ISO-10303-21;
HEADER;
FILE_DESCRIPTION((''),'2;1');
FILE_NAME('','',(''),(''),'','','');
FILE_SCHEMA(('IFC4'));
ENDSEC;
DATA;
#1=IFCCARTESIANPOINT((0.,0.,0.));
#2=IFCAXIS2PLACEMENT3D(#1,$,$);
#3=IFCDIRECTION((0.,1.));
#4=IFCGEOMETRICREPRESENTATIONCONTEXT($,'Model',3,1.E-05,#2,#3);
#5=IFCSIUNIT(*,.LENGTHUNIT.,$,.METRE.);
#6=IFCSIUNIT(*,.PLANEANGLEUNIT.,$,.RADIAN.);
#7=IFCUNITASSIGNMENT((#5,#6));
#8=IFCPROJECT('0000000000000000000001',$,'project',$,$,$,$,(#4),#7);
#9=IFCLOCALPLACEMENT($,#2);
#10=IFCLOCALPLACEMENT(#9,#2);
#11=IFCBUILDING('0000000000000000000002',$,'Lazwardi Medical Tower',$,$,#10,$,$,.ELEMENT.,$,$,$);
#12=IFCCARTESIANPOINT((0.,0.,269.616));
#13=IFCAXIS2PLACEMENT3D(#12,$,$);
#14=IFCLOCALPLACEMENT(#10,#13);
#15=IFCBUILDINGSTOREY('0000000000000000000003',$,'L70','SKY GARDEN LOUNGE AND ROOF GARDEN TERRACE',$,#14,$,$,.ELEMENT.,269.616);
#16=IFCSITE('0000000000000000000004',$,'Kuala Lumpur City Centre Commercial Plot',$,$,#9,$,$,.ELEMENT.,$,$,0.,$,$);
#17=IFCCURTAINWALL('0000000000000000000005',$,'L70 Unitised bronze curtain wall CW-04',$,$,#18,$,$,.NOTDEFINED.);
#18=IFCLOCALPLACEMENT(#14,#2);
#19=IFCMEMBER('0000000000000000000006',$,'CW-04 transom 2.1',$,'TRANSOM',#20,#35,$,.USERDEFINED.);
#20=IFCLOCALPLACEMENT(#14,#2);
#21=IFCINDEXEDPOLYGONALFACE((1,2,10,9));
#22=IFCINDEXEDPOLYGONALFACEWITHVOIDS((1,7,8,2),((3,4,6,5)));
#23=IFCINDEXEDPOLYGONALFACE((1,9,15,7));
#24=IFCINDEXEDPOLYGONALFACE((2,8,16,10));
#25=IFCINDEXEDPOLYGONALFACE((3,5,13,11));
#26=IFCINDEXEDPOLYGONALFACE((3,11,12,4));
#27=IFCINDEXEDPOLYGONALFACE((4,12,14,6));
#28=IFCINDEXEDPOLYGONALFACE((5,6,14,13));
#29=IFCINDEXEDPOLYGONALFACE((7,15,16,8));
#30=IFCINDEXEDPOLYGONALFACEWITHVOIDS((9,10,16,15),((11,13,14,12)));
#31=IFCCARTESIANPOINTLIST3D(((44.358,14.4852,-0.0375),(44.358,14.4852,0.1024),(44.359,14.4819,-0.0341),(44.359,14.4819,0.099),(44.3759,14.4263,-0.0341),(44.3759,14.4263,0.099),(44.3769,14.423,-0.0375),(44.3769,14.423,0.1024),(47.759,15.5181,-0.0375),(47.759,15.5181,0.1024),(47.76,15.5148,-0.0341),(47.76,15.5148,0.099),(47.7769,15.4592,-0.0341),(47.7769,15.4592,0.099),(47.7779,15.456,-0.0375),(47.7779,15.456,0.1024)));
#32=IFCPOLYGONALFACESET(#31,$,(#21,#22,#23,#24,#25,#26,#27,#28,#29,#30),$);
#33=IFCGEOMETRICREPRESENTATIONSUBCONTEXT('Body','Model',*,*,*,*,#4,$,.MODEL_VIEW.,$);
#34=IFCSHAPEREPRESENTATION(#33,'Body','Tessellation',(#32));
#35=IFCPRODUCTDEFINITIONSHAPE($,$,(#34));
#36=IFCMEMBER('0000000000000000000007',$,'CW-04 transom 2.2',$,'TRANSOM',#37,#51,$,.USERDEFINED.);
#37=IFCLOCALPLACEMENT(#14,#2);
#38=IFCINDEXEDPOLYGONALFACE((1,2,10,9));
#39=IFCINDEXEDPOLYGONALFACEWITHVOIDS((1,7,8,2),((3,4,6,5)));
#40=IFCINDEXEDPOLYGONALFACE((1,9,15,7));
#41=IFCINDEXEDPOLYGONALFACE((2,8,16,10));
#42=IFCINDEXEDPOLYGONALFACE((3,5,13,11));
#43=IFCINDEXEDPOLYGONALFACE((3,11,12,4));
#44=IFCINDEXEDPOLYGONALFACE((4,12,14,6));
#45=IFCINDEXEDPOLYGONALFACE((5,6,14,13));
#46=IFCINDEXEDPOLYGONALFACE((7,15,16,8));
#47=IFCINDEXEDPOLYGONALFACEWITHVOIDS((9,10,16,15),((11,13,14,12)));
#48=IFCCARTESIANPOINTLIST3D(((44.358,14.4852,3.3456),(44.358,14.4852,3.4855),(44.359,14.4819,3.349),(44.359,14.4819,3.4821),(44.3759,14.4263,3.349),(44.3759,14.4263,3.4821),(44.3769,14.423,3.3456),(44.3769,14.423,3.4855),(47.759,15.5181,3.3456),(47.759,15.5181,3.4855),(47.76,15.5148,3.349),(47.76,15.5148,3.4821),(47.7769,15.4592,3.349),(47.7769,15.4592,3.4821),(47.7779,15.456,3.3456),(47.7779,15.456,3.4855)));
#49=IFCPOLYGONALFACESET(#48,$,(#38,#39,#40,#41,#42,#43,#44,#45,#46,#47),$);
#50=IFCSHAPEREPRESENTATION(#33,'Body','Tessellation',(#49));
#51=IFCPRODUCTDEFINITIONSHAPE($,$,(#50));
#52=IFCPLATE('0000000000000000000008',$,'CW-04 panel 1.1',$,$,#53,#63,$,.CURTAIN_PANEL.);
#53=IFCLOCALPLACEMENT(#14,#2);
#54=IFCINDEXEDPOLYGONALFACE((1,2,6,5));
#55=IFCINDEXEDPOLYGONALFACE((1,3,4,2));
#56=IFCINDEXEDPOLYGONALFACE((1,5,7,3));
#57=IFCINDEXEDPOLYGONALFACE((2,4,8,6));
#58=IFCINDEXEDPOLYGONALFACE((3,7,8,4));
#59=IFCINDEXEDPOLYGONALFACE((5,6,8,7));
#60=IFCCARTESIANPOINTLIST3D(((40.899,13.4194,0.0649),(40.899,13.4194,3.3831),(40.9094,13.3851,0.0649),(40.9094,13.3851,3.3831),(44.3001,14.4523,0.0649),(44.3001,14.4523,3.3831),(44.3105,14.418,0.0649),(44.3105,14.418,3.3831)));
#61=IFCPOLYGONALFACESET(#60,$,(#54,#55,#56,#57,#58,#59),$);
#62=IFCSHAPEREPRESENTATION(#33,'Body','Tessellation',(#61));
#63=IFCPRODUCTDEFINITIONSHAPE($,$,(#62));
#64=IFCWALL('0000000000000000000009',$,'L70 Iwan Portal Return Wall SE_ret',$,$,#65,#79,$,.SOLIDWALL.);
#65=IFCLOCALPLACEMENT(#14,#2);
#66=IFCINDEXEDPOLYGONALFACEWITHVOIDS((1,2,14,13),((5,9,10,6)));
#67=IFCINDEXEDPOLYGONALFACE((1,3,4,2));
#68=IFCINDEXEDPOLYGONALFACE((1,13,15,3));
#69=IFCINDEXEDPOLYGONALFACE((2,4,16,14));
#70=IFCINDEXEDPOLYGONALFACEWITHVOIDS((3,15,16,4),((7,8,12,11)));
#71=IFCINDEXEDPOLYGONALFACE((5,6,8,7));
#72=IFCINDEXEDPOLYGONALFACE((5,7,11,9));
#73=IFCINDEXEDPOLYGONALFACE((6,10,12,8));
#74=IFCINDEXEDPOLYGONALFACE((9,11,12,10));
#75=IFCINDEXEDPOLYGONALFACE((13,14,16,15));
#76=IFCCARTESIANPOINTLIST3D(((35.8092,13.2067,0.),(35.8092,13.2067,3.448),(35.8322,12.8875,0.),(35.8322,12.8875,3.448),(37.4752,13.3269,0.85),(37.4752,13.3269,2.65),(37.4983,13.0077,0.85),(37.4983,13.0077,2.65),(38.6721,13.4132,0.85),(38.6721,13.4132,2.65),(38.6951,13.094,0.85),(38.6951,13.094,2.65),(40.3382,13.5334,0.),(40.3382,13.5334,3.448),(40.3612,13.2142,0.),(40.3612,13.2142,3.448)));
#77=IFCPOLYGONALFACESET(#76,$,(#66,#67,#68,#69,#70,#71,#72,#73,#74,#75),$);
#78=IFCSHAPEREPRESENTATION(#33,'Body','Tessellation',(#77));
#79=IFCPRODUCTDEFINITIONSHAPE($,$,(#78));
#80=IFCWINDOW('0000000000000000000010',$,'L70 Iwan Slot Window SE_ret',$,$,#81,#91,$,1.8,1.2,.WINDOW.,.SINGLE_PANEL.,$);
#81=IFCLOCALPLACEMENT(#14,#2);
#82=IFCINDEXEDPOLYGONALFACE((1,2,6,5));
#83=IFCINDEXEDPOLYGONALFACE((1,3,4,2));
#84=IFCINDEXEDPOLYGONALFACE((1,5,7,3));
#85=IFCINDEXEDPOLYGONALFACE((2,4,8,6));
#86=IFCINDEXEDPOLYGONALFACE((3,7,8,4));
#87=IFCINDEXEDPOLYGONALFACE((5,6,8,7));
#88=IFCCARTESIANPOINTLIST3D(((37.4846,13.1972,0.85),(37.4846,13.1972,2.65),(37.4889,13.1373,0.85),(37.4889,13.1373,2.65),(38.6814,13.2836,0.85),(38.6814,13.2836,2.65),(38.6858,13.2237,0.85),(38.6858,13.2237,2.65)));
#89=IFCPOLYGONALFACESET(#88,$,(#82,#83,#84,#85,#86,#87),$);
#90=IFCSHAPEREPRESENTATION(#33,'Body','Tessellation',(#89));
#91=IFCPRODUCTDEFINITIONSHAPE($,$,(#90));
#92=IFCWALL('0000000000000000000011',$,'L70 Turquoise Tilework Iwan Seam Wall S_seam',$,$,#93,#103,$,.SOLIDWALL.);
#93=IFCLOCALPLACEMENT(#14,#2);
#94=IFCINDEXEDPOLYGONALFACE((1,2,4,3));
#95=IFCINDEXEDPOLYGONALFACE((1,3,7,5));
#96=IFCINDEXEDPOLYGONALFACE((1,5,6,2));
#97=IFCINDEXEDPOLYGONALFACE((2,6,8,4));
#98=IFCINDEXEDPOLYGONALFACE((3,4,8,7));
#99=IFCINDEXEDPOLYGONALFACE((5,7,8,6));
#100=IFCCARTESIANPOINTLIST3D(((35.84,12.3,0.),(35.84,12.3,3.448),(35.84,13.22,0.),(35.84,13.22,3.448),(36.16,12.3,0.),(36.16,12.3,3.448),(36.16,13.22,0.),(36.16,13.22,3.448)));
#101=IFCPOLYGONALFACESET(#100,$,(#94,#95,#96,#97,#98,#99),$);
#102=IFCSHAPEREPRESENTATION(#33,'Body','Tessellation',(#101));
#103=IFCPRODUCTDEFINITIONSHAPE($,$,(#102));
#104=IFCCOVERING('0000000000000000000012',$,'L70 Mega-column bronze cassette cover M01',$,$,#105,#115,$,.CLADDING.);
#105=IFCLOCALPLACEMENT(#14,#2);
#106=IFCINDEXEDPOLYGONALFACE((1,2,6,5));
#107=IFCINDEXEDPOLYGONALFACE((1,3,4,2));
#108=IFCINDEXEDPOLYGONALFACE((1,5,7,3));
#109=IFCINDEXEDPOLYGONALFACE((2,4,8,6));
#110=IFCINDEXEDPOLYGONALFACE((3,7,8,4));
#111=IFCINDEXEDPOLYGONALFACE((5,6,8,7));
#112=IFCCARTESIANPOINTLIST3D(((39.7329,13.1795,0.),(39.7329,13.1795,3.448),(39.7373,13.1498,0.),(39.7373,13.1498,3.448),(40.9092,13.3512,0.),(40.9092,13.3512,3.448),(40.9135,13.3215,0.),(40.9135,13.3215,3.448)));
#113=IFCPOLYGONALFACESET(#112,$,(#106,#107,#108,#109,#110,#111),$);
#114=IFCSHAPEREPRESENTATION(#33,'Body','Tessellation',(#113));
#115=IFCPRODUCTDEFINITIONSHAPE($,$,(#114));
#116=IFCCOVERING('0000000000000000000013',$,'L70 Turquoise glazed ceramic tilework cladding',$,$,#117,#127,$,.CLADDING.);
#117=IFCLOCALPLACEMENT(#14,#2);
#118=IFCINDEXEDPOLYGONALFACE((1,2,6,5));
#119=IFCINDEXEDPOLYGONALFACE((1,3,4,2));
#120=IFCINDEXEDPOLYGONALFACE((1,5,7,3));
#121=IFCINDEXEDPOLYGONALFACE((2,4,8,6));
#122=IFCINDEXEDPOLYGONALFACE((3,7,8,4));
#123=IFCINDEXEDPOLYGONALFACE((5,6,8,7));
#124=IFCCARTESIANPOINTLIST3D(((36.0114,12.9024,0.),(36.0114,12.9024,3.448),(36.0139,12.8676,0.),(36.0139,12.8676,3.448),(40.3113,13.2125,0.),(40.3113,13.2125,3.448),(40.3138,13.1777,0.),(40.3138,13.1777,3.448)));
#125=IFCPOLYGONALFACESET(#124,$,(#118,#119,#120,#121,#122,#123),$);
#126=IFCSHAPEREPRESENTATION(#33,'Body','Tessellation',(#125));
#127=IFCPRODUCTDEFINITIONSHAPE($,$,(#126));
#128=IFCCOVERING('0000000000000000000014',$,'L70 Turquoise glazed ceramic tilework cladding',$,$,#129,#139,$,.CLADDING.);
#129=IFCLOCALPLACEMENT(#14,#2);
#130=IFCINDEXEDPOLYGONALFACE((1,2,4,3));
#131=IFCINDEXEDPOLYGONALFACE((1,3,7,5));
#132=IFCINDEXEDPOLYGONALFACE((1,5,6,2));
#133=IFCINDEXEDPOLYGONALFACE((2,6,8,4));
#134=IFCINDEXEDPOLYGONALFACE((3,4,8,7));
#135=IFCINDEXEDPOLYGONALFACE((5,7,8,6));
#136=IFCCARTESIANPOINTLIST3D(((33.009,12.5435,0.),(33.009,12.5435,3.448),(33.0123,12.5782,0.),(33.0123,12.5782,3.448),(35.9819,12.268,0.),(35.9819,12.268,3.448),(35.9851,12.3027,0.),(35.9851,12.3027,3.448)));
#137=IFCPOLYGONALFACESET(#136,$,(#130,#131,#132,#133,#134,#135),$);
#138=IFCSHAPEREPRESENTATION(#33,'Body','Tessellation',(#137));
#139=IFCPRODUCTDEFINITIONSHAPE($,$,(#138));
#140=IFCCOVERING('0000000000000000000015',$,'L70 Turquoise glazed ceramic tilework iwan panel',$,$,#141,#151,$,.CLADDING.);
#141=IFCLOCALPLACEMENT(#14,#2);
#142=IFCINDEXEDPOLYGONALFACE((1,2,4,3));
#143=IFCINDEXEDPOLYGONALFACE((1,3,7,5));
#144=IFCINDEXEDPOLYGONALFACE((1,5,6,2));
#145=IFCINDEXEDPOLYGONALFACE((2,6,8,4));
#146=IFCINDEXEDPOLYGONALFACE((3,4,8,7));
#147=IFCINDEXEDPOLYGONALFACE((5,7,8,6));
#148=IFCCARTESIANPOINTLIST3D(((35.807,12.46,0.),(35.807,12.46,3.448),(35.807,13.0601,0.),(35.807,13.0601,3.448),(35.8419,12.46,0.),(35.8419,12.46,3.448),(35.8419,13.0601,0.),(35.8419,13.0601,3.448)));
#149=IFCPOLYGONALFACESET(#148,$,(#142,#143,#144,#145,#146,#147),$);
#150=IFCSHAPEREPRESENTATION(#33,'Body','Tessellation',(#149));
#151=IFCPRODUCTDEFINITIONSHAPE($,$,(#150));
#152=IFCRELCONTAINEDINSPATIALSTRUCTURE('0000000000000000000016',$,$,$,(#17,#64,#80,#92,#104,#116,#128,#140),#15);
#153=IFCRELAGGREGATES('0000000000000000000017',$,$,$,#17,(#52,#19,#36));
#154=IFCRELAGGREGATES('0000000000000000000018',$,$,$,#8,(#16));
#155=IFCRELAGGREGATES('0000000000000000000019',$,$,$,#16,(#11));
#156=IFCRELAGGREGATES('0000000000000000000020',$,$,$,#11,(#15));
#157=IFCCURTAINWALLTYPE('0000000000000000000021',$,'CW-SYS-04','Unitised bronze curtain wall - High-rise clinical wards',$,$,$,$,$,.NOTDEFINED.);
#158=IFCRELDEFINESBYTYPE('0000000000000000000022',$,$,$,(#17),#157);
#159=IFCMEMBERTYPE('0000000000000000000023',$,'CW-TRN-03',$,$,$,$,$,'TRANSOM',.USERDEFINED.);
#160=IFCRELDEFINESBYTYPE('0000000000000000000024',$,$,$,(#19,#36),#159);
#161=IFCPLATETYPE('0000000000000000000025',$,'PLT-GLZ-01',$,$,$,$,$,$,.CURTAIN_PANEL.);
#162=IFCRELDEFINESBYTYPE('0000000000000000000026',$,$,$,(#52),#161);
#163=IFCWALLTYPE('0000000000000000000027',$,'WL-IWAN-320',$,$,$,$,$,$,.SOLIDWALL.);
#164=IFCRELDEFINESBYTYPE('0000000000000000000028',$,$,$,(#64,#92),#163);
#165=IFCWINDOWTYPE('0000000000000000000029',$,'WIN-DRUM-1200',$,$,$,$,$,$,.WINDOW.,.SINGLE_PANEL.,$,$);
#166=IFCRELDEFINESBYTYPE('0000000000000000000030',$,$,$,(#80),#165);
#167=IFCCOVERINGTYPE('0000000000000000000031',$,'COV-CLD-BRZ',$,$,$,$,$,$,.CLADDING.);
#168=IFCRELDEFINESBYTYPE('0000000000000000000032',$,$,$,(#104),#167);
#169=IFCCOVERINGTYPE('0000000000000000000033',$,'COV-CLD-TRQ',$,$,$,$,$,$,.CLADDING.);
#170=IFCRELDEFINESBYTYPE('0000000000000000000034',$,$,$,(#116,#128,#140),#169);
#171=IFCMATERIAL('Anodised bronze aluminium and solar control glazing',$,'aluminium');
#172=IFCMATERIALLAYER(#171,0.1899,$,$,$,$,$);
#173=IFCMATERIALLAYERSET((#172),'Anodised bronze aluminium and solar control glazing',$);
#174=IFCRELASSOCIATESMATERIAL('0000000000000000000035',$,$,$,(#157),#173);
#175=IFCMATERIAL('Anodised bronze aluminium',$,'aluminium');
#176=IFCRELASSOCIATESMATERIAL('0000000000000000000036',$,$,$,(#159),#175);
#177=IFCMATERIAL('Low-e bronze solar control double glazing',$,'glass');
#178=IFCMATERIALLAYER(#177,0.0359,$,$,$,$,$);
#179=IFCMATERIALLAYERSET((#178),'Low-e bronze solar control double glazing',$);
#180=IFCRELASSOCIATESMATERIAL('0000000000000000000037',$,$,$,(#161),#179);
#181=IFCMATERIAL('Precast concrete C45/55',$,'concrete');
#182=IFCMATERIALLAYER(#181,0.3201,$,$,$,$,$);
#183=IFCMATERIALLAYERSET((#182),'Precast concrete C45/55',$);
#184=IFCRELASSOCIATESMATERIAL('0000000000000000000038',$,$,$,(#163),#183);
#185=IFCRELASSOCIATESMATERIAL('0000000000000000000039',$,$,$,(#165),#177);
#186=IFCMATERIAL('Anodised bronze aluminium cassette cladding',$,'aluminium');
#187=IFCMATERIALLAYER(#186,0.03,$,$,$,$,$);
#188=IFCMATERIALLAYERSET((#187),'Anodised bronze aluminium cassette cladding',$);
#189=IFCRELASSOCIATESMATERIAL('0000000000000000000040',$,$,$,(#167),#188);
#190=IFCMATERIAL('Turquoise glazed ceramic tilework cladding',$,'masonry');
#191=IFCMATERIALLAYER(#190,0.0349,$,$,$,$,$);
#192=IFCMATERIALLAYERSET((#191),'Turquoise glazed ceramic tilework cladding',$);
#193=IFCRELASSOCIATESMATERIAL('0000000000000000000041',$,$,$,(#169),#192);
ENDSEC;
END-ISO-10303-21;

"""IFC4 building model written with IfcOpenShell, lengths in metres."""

from ifc_helpers import new_model, si_unit, direction, frame, frame_2d, origin, origin_2d, place, context, subcontext, project, spatial, rectangle, hollow_rectangle, extrude, material, layer, layer_set, material_profile, profile_set, type_object, element, fill, aggregate, save


model = new_model("IFC4")

# Units and contexts
model_context = context("Model", 3, precision=1e-05, world=origin(), true_north=direction((0.0, 1.0)))
body_context = subcontext(model_context, "Body", "Model", "MODEL_VIEW")
ifc_project = project(units=[si_unit("LENGTHUNIT", "METRE"), si_unit("PLANEANGLEUNIT", "RADIAN")], contexts=[model_context])

# Site, building, storey
site_placement = place(None, origin())
site = spatial("IfcSite", under=ifc_project, at=site_placement, Name="Kuala Lumpur City Centre Commercial Plot", CompositionType="ELEMENT", RefElevation=0.0)
building_placement = place(site_placement, origin())
building = spatial("IfcBuilding", under=site, at=building_placement, Name="Lazwardi Medical Tower", CompositionType="ELEMENT")
storey_placement = place(building_placement, frame((0.0, 0.0, 269.616)))
storey = spatial("IfcBuildingStorey", under=building, at=storey_placement, Name="L70", Description="SKY GARDEN LOUNGE AND ROOF GARDEN TERRACE", CompositionType="ELEMENT", Elevation=269.616)

# Curtain wall, members, plate
ifc_material_1 = material(Name="Anodised bronze aluminium and solar control glazing", Category="aluminium")
ifc_layer_1 = layer(ifc_material_1, 0.1899)
ifc_layer_set_1 = layer_set([ifc_layer_1], Name="Anodised bronze aluminium and solar control glazing")
curtain_wall_type = type_object("IfcCurtainWallType", Name="CW-SYS-04", Description="Unitised bronze curtain wall - High-rise clinical wards", PredefinedType="NOTDEFINED", material=ifc_layer_set_1)
curtain_wall_placement = place(storey_placement, origin())
curtain_wall = element("IfcCurtainWall", 1, at=curtain_wall_placement, inside=storey, type_object=curtain_wall_type, Name="L70 Unitised bronze curtain wall CW-04", PredefinedType="NOTDEFINED")
ifc_material_2 = material(Name="Anodised bronze aluminium", Category="aluminium")
ifc_material_profile_1 = material_profile(ifc_material_2, hollow_rectangle(XDim=0.0649, YDim=0.1399, WallThickness=0.0034, at=origin_2d()), Name="ALU-TRANSOM 140x65x3.5")
ifc_profile_set_1 = profile_set([ifc_material_profile_1], Name="Anodised bronze aluminium")
member_type_1 = type_object("IfcMemberType", Name="CW-TRN-03", ElementType="TRANSOM", PredefinedType="USERDEFINED", material=ifc_profile_set_1)
member_1_placement = place(storey_placement, frame((44.3674, 14.4541, 0.0325), z_axis=(0.956843, 0.290604, 0.0), x_axis=(-0.290604, 0.956843, 0.0)))
member_1 = element("IfcMember", 2, at=member_1_placement, type_object=member_type_1, Name="CW-04 transom 2.1", ObjectType="TRANSOM", PredefinedType="USERDEFINED", context=body_context, shape_type="SweptSolid", body=[
    extrude(hollow_rectangle(XDim=0.0649, YDim=0.1399, WallThickness=0.0034, at=origin_2d()), origin(), (0.0, 0.0, 1.0), 3.5544),
])
member_2_placement = place(storey_placement, frame((44.3674, 14.4541, 3.4155), z_axis=(0.956843, 0.290604, 0.0), x_axis=(-0.290604, 0.956843, 0.0)))
member_2 = element("IfcMember", 3, at=member_2_placement, type_object=member_type_1, Name="CW-04 transom 2.2", ObjectType="TRANSOM", PredefinedType="USERDEFINED", context=body_context, shape_type="SweptSolid", body=[
    extrude(hollow_rectangle(XDim=0.0649, YDim=0.1399, WallThickness=0.0034, at=origin_2d()), origin(), (0.0, 0.0, 1.0), 3.5544),
])
ifc_material_3 = material(Name="Low-e bronze solar control double glazing", Category="glass")
ifc_layer_2 = layer(ifc_material_3, 0.0359)
ifc_layer_set_2 = layer_set([ifc_layer_2], Name="Low-e bronze solar control double glazing")
plate_type = type_object("IfcPlateType", Name="PLT-GLZ-01", PredefinedType="CURTAIN_PANEL", material=ifc_layer_set_2)
plate_placement = place(storey_placement, frame((42.6047, 13.9187, 0.0649), z_axis=(0.0, 0.0, 1.0), x_axis=(0.95685, 0.290582, 0.0)))
plate = element("IfcPlate", 4, at=plate_placement, type_object=plate_type, Name="CW-04 panel 1.1", PredefinedType="CURTAIN_PANEL", context=body_context, shape_type="SweptSolid", body=[
    extrude(rectangle(XDim=3.5544, YDim=0.0359, at=origin_2d()), origin(), (0.0, 0.0, 1.0), 3.3181),
])
aggregate(curtain_wall, [plate, member_1, member_2])

# Wall, opening, window
ifc_material_4 = material(Name="Precast concrete C45/55", Category="concrete")
ifc_layer_3 = layer(ifc_material_4, 0.3201)
ifc_layer_set_3 = layer_set([ifc_layer_3], Name="Precast concrete C45/55")
wall_type = type_object("IfcWallType", Name="WL-IWAN-320", PredefinedType="SOLIDWALL", material=ifc_layer_set_3)
wall_1_placement = place(storey_placement, frame((35.8206, 13.0471, 0.0), z_axis=(0.0, 0.0, 1.0), x_axis=(0.997409, 0.071939, 0.0)))
wall_1 = element("IfcWall", 5, at=wall_1_placement, inside=storey, type_object=wall_type, Name="L70 Iwan Portal Return Wall SE_ret", PredefinedType="SOLIDWALL", context=body_context, shape_type="SweptSolid", body=[
    extrude(rectangle(XDim=4.5408, YDim=0.3201, at=frame_2d((2.2705, 0.0))), origin(), (0.0, 0.0, 1.0), 3.448),
])
opening_placement = place(wall_1_placement, frame((1.6704, 0.0, 0.8501)))
opening = element("IfcOpeningElement", 6, at=opening_placement, cuts=wall_1, PredefinedType="OPENING", context=body_context, shape_type="SweptSolid", body=[
    extrude(rectangle(XDim=1.2, YDim=1.8, at=frame_2d((0.6001, 0.8999))), frame((0.0, 0.1699, 0.0), z_axis=(0.0, -1.0, 0.0), x_axis=(1.0, 0.0, 0.0)), (0.0, 0.0, 1.0), 0.3401),
])
window_type = type_object("IfcWindowType", Name="WIN-DRUM-1200", PartitioningType="SINGLE_PANEL", PredefinedType="WINDOW", material=ifc_material_3)
window_placement = place(opening_placement, origin())
window = element("IfcWindow", 7, at=window_placement, inside=storey, type_object=window_type, Name="L70 Iwan Slot Window SE_ret", OverallHeight=1.8, OverallWidth=1.2, PartitioningType="SINGLE_PANEL", PredefinedType="WINDOW", context=body_context, shape_type="SweptSolid", body=[
    extrude(rectangle(XDim=1.2, YDim=1.8, at=frame_2d((0.6001, 0.8999))), frame((0.0, 0.03, 0.0), z_axis=(0.0, -1.0, 0.0), x_axis=(1.0, 0.0, 0.0)), (0.0, 0.0, 1.0), 0.0601),
])
fill(opening, window)

# Wall
wall_2_placement = place(storey_placement, frame((36.0, 12.3, 0.0), z_axis=(0.0, 0.0, 1.0), x_axis=(0.0, 1.0, 0.0)))
element("IfcWall", 8, at=wall_2_placement, inside=storey, type_object=wall_type, Name="L70 Turquoise Tilework Iwan Seam Wall S_seam", PredefinedType="SOLIDWALL", context=body_context, shape_type="SweptSolid", body=[
    extrude(rectangle(XDim=0.9199, YDim=0.3201, at=frame_2d((0.46, 0.0))), origin(), (0.0, 0.0, 1.0), 3.448),
])

# Coverings
ifc_material_5 = material(Name="Anodised bronze aluminium cassette cladding", Category="aluminium")
ifc_layer_4 = layer(ifc_material_5, 0.03)
ifc_layer_set_4 = layer_set([ifc_layer_4], Name="Anodised bronze aluminium cassette cladding")
covering_type_1 = type_object("IfcCoveringType", Name="COV-CLD-BRZ", PredefinedType="CLADDING", material=ifc_layer_set_4)
covering_1_placement = place(storey_placement, frame((40.3232, 13.2505, 0.0), z_axis=(0.0, 0.0, 1.0), x_axis=(0.989512, 0.144448, 0.0)))
element("IfcCovering", 9, at=covering_1_placement, inside=storey, type_object=covering_type_1, Name="L70 Mega-column bronze cassette cover M01", PredefinedType="CLADDING", context=body_context, shape_type="SweptSolid", body=[
    extrude(rectangle(XDim=1.1887, YDim=0.03, at=origin_2d()), origin(), (0.0, 0.0, 1.0), 3.448),
])
ifc_material_6 = material(Name="Turquoise glazed ceramic tilework cladding", Category="masonry")
ifc_layer_5 = layer(ifc_material_6, 0.0349)
ifc_layer_set_5 = layer_set([ifc_layer_5], Name="Turquoise glazed ceramic tilework cladding")
covering_type_2 = type_object("IfcCoveringType", Name="COV-CLD-TRQ", PredefinedType="CLADDING", material=ifc_layer_set_5)
covering_2_placement = place(storey_placement, frame((38.1626, 13.04, 0.0), z_axis=(0.0, 0.0, 1.0), x_axis=(0.997409, 0.071933, 0.0)))
element("IfcCovering", 10, at=covering_2_placement, inside=storey, type_object=covering_type_2, Name="L70 Turquoise glazed ceramic tilework cladding", PredefinedType="CLADDING", context=body_context, shape_type="SweptSolid", body=[
    extrude(rectangle(XDim=4.311, YDim=0.0349, at=origin_2d()), origin(), (0.0, 0.0, 1.0), 3.448),
])
covering_3_placement = place(storey_placement, frame((34.4971, 12.4231, 0.0), z_axis=(0.0, 0.0, 1.0), x_axis=(0.995734, -0.092275, 0.0)))
element("IfcCovering", 11, at=covering_3_placement, inside=storey, type_object=covering_type_2, Name="L70 Turquoise glazed ceramic tilework cladding", PredefinedType="CLADDING", context=body_context, shape_type="SweptSolid", body=[
    extrude(rectangle(XDim=2.9856, YDim=0.0349, at=origin_2d()), origin(), (0.0, 0.0, 1.0), 3.448),
])
covering_4_placement = place(storey_placement, frame((35.8245, 12.76, 0.0), z_axis=(0.0, 0.0, 1.0), x_axis=(0.0, 1.0, 0.0)))
element("IfcCovering", 12, at=covering_4_placement, inside=storey, type_object=covering_type_2, Name="L70 Turquoise glazed ceramic tilework iwan panel", PredefinedType="CLADDING", context=body_context, shape_type="SweptSolid", body=[
    extrude(rectangle(XDim=0.6001, YDim=0.0349, at=origin_2d()), origin(), (0.0, 0.0, 1.0), 3.448),
])

save(model, "model.ifc")
